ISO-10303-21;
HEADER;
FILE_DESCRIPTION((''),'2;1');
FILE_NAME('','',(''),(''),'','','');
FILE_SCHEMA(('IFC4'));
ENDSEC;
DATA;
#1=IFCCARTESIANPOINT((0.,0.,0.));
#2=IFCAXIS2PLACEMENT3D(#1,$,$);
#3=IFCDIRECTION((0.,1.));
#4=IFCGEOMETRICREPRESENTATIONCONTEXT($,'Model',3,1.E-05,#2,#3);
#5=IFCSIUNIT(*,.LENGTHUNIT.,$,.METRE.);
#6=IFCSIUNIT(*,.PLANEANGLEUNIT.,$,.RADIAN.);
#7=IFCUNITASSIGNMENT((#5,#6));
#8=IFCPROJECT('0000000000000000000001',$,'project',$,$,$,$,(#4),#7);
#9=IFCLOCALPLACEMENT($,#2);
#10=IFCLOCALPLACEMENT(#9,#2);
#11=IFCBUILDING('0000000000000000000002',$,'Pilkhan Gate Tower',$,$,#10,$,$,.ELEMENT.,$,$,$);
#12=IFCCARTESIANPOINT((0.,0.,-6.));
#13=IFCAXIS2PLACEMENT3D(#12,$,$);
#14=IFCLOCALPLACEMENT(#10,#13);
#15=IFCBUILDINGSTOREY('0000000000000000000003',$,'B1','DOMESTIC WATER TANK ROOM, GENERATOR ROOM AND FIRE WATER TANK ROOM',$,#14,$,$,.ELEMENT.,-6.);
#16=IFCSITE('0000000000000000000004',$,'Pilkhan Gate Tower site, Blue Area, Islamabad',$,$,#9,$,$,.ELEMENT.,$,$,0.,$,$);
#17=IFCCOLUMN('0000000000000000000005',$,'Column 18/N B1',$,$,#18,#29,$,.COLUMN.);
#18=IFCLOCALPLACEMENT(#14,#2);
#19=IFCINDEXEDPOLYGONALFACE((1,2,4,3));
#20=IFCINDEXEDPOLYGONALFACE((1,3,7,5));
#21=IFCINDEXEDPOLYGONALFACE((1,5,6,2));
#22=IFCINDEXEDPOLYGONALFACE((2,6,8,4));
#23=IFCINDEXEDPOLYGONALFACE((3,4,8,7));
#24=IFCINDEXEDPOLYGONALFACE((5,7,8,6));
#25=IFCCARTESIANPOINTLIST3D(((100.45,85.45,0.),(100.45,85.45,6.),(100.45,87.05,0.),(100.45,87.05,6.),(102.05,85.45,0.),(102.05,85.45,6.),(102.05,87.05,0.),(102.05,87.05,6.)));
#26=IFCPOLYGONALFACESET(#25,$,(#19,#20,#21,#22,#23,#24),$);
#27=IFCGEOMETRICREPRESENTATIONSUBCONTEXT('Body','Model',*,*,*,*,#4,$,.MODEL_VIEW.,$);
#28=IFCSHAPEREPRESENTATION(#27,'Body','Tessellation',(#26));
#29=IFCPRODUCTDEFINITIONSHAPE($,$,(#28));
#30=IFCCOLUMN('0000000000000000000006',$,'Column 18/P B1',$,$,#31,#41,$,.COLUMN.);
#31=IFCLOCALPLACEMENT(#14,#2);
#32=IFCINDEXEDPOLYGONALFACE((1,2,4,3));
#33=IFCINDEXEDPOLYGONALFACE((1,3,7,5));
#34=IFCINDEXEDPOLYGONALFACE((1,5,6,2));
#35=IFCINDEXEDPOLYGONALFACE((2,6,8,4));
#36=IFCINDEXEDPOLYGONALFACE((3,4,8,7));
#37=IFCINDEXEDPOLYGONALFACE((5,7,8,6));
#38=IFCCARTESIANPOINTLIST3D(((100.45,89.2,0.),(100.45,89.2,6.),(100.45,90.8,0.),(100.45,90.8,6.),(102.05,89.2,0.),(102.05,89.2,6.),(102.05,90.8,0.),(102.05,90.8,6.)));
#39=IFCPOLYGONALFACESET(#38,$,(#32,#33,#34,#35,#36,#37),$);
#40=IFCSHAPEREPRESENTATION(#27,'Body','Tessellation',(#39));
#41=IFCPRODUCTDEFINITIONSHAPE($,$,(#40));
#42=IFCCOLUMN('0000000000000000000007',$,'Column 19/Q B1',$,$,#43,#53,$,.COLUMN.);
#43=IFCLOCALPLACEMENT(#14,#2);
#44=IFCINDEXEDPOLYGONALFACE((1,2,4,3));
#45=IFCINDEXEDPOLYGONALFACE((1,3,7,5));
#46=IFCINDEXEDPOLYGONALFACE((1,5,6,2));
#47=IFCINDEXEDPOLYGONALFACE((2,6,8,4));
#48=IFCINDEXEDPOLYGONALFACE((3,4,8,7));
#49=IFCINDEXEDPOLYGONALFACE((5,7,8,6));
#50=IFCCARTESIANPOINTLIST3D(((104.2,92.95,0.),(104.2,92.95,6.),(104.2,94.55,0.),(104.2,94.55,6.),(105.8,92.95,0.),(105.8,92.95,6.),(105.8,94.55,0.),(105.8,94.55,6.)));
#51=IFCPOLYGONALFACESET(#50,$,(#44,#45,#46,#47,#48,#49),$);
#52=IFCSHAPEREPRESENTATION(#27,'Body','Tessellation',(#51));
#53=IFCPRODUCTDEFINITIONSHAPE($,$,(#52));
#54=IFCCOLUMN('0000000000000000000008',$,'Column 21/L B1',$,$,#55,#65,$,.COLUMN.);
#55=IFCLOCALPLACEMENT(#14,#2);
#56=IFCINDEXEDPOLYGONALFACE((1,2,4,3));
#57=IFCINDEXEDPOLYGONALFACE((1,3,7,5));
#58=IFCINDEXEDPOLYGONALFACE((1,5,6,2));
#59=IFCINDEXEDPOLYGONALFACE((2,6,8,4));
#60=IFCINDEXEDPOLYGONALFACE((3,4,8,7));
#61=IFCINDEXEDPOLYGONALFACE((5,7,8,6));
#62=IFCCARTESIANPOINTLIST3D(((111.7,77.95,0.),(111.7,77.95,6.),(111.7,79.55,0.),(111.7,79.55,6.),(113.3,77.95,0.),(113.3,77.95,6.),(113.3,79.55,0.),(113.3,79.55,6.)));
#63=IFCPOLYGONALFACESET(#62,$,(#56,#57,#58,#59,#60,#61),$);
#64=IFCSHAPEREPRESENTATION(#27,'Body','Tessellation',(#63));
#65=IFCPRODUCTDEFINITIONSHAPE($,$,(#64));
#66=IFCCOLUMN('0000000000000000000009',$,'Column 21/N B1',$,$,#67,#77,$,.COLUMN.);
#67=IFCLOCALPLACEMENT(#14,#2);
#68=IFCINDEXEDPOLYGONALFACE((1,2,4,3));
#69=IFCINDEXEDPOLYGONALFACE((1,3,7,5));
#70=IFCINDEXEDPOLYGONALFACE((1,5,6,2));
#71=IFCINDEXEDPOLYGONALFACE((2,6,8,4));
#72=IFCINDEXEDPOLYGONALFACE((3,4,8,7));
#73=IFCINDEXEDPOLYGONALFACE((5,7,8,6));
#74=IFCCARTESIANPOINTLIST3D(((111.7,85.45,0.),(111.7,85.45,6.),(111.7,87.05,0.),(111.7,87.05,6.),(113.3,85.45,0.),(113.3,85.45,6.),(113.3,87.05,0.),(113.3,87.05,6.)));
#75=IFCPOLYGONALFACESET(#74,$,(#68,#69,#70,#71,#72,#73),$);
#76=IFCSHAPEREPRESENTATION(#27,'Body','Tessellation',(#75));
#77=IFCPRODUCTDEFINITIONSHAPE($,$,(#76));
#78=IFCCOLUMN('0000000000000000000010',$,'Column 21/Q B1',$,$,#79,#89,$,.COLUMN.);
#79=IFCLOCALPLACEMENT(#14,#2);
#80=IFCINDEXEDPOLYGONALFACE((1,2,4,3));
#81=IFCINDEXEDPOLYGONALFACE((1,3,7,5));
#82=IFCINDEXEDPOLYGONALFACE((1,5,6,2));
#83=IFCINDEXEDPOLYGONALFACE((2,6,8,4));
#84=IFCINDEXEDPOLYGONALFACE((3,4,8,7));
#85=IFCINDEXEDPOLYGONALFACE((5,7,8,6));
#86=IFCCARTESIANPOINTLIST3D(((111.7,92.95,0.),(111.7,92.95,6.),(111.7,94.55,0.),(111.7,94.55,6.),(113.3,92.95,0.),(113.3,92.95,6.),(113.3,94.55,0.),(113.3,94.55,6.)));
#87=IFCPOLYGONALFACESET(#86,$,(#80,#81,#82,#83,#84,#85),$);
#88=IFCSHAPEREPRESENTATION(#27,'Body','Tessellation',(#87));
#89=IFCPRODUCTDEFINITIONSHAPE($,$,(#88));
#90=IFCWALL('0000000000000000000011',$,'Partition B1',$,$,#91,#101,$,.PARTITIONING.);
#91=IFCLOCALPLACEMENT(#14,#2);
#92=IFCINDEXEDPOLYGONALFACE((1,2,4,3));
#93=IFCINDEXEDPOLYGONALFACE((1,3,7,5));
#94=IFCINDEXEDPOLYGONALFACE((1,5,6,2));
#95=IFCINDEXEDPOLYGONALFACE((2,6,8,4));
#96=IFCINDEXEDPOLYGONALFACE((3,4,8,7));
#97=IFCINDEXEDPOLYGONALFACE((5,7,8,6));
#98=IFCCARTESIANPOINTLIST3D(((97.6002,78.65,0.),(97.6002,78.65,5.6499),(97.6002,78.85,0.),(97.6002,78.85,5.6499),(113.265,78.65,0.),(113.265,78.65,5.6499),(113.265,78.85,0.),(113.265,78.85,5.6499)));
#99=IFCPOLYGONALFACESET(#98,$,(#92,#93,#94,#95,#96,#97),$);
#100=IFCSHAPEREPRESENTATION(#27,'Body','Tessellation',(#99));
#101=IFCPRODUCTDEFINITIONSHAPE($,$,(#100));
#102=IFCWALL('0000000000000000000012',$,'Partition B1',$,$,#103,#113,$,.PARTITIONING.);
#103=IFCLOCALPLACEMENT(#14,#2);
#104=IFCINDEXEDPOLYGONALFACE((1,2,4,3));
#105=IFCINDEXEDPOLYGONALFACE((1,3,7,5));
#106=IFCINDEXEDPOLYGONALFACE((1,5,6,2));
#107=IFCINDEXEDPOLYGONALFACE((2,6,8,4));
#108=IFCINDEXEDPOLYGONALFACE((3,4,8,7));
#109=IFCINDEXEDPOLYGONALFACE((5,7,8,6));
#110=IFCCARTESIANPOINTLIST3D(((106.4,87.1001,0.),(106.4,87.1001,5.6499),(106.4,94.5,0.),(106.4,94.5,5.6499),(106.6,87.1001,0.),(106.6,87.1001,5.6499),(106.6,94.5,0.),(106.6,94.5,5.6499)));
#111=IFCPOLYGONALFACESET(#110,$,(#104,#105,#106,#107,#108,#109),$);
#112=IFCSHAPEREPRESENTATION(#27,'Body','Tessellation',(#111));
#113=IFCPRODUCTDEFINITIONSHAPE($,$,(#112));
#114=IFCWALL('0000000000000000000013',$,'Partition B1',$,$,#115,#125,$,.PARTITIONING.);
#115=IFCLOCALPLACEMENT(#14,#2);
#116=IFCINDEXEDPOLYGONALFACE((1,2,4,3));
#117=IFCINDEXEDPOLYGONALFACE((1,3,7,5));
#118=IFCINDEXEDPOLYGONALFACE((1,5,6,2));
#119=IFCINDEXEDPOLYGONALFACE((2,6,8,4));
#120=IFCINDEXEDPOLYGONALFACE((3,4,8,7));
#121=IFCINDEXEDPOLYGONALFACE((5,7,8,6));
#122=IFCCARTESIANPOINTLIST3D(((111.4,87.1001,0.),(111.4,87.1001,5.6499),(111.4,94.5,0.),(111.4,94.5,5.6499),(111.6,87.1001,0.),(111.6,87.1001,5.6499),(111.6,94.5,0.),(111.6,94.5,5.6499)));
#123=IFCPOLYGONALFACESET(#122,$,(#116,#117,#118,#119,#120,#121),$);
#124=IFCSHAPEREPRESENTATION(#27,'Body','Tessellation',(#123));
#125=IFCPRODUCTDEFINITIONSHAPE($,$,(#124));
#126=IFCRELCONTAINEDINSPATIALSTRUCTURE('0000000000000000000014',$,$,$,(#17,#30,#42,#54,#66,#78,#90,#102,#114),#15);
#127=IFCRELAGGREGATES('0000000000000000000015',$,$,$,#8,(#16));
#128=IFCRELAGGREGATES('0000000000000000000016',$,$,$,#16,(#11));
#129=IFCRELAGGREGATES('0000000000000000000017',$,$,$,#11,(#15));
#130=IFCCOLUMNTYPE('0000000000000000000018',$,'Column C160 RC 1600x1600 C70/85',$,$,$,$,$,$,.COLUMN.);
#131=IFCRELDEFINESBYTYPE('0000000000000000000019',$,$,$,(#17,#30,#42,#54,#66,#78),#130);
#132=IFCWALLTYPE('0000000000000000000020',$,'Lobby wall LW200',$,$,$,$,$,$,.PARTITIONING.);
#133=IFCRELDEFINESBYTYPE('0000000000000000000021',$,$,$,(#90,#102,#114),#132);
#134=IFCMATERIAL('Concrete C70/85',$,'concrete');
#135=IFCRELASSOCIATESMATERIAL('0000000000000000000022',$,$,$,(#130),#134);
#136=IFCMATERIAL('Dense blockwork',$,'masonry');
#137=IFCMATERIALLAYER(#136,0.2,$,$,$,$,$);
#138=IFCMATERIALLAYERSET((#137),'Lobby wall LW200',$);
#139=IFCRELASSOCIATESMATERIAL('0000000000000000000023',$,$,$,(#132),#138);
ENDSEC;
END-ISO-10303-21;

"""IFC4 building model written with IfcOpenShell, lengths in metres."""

from ifc_helpers import new_model, si_unit, direction, frame, frame_2d, origin, origin_2d, place, context, subcontext, project, spatial, rectangle, extrude, material, layer, layer_set, material_profile, profile_set, type_object, element, save


model = new_model("IFC4")

# Units and contexts
model_context = context("Model", 3, precision=1e-05, world=origin(), true_north=direction((0.0, 1.0)))
body_context = subcontext(model_context, "Body", "Model", "MODEL_VIEW")
ifc_project = project(units=[si_unit("LENGTHUNIT", "METRE"), si_unit("PLANEANGLEUNIT", "RADIAN")], contexts=[model_context])

# Site, building, storey
site_placement = place(None, origin())
site = spatial("IfcSite", under=ifc_project, at=site_placement, Name="Pilkhan Gate Tower site, Blue Area, Islamabad", CompositionType="ELEMENT", RefElevation=0.0)
building_placement = place(site_placement, origin())
building = spatial("IfcBuilding", under=site, at=building_placement, Name="Pilkhan Gate Tower", CompositionType="ELEMENT")
storey_placement = place(building_placement, frame((0.0, 0.0, -6.0)))
storey = spatial("IfcBuildingStorey", under=building, at=storey_placement, Name="B1", Description="DOMESTIC WATER TANK ROOM, GENERATOR ROOM AND FIRE WATER TANK ROOM", CompositionType="ELEMENT", Elevation=-6.0)

# Columns
ifc_material_1 = material(Name="Concrete C70/85", Category="concrete")
ifc_material_profile_1 = material_profile(ifc_material_1, rectangle(XDim=1.6001, YDim=1.6001, at=origin_2d()), Name="RC 1600x1600")
ifc_profile_set_1 = profile_set([ifc_material_profile_1], Name="Concrete C70/85")
column_type = type_object("IfcColumnType", Name="Column C160 RC 1600x1600 C70/85", PredefinedType="COLUMN", material=ifc_profile_set_1)
for number, where, z_axis, x_axis, name in (
    (1, (101.25, 86.25, 0.0), (0.0, 0.0, 1.0), (1.0, 0.0, 0.0), "Column 18/N B1"),
    (2, (101.25, 90.0, 0.0), (0.0, 0.0, 1.0), (1.0, 0.0, 0.0), "Column 18/P B1"),
    (3, (105.0, 93.75, 0.0), (0.0, 0.0, 1.0), (1.0, 0.0, 0.0), "Column 19/Q B1"),
    (4, (112.5, 78.75, 0.0), (0.0, 0.0, 1.0), (1.0, 0.0, 0.0), "Column 21/L B1"),
    (5, (112.5, 86.25, 0.0), (0.0, 0.0, 1.0), (1.0, 0.0, 0.0), "Column 21/N B1"),
    (6, (112.5, 93.75, 0.0), (0.0, 0.0, 1.0), (1.0, 0.0, 0.0), "Column 21/Q B1"),
):
    element("IfcColumn", number, at=place(storey_placement, frame(where, z_axis=z_axis, x_axis=x_axis)), inside=storey, type_object=column_type, Name=name, PredefinedType="COLUMN", context=body_context, shape_type="SweptSolid", body=[
        extrude(rectangle(XDim=1.6001, YDim=1.6001, at=origin_2d()), origin(), (0.0, 0.0, 1.0), 6.0),
    ])

# Walls
ifc_material_2 = material(Name="Dense blockwork", Category="masonry")
ifc_layer = layer(ifc_material_2, 0.2)
ifc_layer_set = layer_set([ifc_layer], Name="Lobby wall LW200")
wall_type = type_object("IfcWallType", Name="Lobby wall LW200", PredefinedType="PARTITIONING", material=ifc_layer_set)
wall_placement = place(storey_placement, frame((97.6001, 78.75, 0.0), z_axis=(0.0, 0.0, 1.0), x_axis=(1.0, 0.0, 0.0)))
element("IfcWall", 7, at=wall_placement, inside=storey, type_object=wall_type, Name="Partition B1", PredefinedType="PARTITIONING", context=body_context, shape_type="SweptSolid", body=[
    extrude(rectangle(XDim=15.6648, YDim=0.2, at=frame_2d((7.8325, 0.0))), origin(), (0.0, 0.0, 1.0), 5.6499),
])
for number, where, z_axis, x_axis, name in (
    (8, (106.5, 87.1001, 0.0), (0.0, 0.0, 1.0), (0.0, 1.0, 0.0), "Partition B1"),
    (9, (111.5, 87.1001, 0.0), (0.0, 0.0, 1.0), (0.0, 1.0, 0.0), "Partition B1"),
):
    element("IfcWall", number, at=place(storey_placement, frame(where, z_axis=z_axis, x_axis=x_axis)), inside=storey, type_object=wall_type, Name=name, PredefinedType="PARTITIONING", context=body_context, shape_type="SweptSolid", body=[
        extrude(rectangle(XDim=7.3999, YDim=0.2, at=frame_2d((3.7, 0.0))), origin(), (0.0, 0.0, 1.0), 5.6499),
    ])

save(model, "model.ifc")
